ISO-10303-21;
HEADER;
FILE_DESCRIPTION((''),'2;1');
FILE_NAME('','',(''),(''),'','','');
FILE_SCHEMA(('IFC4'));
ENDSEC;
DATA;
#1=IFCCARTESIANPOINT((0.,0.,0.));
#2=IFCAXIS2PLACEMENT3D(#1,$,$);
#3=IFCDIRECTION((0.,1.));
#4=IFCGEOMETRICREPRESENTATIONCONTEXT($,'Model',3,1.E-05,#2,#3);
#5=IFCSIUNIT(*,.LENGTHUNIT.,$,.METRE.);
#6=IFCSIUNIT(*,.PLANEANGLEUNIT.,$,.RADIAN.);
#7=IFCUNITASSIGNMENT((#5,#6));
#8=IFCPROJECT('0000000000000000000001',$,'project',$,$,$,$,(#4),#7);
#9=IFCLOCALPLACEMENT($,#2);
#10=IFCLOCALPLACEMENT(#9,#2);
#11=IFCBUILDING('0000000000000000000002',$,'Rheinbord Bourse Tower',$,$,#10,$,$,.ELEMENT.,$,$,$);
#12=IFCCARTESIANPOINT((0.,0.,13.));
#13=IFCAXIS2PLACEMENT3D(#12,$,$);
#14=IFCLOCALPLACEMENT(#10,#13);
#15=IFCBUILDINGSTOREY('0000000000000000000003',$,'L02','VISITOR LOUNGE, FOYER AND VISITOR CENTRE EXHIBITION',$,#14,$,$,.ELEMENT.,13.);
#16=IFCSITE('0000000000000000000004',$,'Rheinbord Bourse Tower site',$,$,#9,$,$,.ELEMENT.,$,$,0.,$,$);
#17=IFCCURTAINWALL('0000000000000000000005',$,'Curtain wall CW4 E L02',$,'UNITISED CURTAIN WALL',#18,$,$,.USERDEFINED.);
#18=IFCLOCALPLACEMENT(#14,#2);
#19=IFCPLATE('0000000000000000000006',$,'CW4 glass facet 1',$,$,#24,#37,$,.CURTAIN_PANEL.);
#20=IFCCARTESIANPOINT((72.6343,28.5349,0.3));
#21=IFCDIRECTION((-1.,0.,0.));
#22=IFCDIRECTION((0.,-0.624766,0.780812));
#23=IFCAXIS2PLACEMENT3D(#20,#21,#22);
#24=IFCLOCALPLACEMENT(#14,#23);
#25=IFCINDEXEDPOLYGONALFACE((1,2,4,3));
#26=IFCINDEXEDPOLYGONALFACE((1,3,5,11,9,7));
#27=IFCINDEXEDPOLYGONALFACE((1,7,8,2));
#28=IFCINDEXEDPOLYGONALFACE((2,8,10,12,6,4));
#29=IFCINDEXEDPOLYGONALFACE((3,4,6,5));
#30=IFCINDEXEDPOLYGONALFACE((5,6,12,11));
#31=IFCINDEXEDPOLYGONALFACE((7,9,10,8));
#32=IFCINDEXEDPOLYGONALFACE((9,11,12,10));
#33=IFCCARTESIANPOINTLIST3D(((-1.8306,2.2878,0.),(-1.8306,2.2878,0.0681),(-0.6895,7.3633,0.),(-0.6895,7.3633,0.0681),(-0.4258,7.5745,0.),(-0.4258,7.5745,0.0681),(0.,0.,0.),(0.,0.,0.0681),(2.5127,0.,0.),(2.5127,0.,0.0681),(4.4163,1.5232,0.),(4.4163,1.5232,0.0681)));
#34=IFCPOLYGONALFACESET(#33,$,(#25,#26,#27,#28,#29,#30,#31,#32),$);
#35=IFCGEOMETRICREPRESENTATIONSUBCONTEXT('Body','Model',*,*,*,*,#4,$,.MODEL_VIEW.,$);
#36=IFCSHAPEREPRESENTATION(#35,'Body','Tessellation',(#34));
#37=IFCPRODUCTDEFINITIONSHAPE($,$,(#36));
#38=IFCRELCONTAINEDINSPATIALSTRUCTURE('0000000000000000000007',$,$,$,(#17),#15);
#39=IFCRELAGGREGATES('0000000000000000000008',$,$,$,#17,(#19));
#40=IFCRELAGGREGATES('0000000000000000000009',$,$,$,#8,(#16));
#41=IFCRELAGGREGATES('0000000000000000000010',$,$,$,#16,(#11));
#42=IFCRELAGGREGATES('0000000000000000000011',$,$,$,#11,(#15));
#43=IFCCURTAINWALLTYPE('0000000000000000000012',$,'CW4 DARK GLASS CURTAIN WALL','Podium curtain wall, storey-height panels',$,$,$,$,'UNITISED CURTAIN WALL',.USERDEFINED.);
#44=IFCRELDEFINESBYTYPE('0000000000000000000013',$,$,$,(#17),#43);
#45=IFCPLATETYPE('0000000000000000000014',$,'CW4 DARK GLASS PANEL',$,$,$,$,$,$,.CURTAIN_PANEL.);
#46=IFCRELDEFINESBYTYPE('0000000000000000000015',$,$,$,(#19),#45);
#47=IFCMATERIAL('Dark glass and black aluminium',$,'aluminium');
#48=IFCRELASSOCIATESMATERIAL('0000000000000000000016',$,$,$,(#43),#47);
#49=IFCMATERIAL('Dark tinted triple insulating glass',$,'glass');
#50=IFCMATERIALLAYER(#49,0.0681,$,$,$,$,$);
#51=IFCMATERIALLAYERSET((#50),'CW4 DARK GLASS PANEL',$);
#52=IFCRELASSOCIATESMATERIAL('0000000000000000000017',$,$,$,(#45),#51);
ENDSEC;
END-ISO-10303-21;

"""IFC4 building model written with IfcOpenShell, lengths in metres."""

from ifc_helpers import new_model, si_unit, direction, frame, origin, place, context, subcontext, project, spatial, polyline, outline, extrude, material, layer, layer_set, type_object, element, aggregate, save


model = new_model("IFC4")

# Units and contexts
model_context = context("Model", 3, precision=1e-05, world=origin(), true_north=direction((0.0, 1.0)))
body_context = subcontext(model_context, "Body", "Model", "MODEL_VIEW")
ifc_project = project(units=[si_unit("LENGTHUNIT", "METRE"), si_unit("PLANEANGLEUNIT", "RADIAN")], contexts=[model_context])

# Site, building, storey
site_placement = place(None, origin())
site = spatial("IfcSite", under=ifc_project, at=site_placement, Name="Rheinbord Bourse Tower site", CompositionType="ELEMENT", RefElevation=0.0)
building_placement = place(site_placement, origin())
building = spatial("IfcBuilding", under=site, at=building_placement, Name="Rheinbord Bourse Tower", CompositionType="ELEMENT")
storey_placement = place(building_placement, frame((0.0, 0.0, 13.0)))
storey = spatial("IfcBuildingStorey", under=building, at=storey_placement, Name="L02", Description="VISITOR LOUNGE, FOYER AND VISITOR CENTRE EXHIBITION", CompositionType="ELEMENT", Elevation=13.0)

# Curtain wall
ifc_material_1 = material(Name="Dark glass and black aluminium", Category="aluminium")
curtain_wall_type = type_object("IfcCurtainWallType", Name="CW4 DARK GLASS CURTAIN WALL", Description="Podium curtain wall, storey-height panels", ElementType="UNITISED CURTAIN WALL", PredefinedType="USERDEFINED", material=ifc_material_1)
curtain_wall_placement = place(storey_placement, origin())
curtain_wall = element("IfcCurtainWall", 1, at=curtain_wall_placement, inside=storey, type_object=curtain_wall_type, Name="Curtain wall CW4 E L02", ObjectType="UNITISED CURTAIN WALL", PredefinedType="USERDEFINED")

# Plate
ifc_material_2 = material(Name="Dark tinted triple insulating glass", Category="glass")
ifc_layer_1 = layer(ifc_material_2, 0.0681)
ifc_layer_set_1 = layer_set([ifc_layer_1], Name="CW4 DARK GLASS PANEL")
plate_type = type_object("IfcPlateType", Name="CW4 DARK GLASS PANEL", PredefinedType="CURTAIN_PANEL", material=ifc_layer_set_1)
plate_1_placement = place(storey_placement, frame((72.6343, 28.5349, 0.3), z_axis=(-1.0, 0.0, 0.0), x_axis=(0.0, -0.624766, 0.780812)))
plate_1 = element("IfcPlate", 2, at=plate_1_placement, type_object=plate_type, Name="CW4 glass facet 1", PredefinedType="CURTAIN_PANEL", context=body_context, shape_type="SweptSolid", body=[
    extrude(outline(polyline([(0.0, 0.0), (2.5127, 0.0), (4.4163, 1.5232), (-0.4258, 7.5745), (-0.6895, 7.3633), (-1.8306, 2.2878), (0.0, 0.0)])), origin(), (0.0, 0.0, 1.0), 0.0681),
])
aggregate(curtain_wall, [plate_1])

save(model, "model.ifc")
